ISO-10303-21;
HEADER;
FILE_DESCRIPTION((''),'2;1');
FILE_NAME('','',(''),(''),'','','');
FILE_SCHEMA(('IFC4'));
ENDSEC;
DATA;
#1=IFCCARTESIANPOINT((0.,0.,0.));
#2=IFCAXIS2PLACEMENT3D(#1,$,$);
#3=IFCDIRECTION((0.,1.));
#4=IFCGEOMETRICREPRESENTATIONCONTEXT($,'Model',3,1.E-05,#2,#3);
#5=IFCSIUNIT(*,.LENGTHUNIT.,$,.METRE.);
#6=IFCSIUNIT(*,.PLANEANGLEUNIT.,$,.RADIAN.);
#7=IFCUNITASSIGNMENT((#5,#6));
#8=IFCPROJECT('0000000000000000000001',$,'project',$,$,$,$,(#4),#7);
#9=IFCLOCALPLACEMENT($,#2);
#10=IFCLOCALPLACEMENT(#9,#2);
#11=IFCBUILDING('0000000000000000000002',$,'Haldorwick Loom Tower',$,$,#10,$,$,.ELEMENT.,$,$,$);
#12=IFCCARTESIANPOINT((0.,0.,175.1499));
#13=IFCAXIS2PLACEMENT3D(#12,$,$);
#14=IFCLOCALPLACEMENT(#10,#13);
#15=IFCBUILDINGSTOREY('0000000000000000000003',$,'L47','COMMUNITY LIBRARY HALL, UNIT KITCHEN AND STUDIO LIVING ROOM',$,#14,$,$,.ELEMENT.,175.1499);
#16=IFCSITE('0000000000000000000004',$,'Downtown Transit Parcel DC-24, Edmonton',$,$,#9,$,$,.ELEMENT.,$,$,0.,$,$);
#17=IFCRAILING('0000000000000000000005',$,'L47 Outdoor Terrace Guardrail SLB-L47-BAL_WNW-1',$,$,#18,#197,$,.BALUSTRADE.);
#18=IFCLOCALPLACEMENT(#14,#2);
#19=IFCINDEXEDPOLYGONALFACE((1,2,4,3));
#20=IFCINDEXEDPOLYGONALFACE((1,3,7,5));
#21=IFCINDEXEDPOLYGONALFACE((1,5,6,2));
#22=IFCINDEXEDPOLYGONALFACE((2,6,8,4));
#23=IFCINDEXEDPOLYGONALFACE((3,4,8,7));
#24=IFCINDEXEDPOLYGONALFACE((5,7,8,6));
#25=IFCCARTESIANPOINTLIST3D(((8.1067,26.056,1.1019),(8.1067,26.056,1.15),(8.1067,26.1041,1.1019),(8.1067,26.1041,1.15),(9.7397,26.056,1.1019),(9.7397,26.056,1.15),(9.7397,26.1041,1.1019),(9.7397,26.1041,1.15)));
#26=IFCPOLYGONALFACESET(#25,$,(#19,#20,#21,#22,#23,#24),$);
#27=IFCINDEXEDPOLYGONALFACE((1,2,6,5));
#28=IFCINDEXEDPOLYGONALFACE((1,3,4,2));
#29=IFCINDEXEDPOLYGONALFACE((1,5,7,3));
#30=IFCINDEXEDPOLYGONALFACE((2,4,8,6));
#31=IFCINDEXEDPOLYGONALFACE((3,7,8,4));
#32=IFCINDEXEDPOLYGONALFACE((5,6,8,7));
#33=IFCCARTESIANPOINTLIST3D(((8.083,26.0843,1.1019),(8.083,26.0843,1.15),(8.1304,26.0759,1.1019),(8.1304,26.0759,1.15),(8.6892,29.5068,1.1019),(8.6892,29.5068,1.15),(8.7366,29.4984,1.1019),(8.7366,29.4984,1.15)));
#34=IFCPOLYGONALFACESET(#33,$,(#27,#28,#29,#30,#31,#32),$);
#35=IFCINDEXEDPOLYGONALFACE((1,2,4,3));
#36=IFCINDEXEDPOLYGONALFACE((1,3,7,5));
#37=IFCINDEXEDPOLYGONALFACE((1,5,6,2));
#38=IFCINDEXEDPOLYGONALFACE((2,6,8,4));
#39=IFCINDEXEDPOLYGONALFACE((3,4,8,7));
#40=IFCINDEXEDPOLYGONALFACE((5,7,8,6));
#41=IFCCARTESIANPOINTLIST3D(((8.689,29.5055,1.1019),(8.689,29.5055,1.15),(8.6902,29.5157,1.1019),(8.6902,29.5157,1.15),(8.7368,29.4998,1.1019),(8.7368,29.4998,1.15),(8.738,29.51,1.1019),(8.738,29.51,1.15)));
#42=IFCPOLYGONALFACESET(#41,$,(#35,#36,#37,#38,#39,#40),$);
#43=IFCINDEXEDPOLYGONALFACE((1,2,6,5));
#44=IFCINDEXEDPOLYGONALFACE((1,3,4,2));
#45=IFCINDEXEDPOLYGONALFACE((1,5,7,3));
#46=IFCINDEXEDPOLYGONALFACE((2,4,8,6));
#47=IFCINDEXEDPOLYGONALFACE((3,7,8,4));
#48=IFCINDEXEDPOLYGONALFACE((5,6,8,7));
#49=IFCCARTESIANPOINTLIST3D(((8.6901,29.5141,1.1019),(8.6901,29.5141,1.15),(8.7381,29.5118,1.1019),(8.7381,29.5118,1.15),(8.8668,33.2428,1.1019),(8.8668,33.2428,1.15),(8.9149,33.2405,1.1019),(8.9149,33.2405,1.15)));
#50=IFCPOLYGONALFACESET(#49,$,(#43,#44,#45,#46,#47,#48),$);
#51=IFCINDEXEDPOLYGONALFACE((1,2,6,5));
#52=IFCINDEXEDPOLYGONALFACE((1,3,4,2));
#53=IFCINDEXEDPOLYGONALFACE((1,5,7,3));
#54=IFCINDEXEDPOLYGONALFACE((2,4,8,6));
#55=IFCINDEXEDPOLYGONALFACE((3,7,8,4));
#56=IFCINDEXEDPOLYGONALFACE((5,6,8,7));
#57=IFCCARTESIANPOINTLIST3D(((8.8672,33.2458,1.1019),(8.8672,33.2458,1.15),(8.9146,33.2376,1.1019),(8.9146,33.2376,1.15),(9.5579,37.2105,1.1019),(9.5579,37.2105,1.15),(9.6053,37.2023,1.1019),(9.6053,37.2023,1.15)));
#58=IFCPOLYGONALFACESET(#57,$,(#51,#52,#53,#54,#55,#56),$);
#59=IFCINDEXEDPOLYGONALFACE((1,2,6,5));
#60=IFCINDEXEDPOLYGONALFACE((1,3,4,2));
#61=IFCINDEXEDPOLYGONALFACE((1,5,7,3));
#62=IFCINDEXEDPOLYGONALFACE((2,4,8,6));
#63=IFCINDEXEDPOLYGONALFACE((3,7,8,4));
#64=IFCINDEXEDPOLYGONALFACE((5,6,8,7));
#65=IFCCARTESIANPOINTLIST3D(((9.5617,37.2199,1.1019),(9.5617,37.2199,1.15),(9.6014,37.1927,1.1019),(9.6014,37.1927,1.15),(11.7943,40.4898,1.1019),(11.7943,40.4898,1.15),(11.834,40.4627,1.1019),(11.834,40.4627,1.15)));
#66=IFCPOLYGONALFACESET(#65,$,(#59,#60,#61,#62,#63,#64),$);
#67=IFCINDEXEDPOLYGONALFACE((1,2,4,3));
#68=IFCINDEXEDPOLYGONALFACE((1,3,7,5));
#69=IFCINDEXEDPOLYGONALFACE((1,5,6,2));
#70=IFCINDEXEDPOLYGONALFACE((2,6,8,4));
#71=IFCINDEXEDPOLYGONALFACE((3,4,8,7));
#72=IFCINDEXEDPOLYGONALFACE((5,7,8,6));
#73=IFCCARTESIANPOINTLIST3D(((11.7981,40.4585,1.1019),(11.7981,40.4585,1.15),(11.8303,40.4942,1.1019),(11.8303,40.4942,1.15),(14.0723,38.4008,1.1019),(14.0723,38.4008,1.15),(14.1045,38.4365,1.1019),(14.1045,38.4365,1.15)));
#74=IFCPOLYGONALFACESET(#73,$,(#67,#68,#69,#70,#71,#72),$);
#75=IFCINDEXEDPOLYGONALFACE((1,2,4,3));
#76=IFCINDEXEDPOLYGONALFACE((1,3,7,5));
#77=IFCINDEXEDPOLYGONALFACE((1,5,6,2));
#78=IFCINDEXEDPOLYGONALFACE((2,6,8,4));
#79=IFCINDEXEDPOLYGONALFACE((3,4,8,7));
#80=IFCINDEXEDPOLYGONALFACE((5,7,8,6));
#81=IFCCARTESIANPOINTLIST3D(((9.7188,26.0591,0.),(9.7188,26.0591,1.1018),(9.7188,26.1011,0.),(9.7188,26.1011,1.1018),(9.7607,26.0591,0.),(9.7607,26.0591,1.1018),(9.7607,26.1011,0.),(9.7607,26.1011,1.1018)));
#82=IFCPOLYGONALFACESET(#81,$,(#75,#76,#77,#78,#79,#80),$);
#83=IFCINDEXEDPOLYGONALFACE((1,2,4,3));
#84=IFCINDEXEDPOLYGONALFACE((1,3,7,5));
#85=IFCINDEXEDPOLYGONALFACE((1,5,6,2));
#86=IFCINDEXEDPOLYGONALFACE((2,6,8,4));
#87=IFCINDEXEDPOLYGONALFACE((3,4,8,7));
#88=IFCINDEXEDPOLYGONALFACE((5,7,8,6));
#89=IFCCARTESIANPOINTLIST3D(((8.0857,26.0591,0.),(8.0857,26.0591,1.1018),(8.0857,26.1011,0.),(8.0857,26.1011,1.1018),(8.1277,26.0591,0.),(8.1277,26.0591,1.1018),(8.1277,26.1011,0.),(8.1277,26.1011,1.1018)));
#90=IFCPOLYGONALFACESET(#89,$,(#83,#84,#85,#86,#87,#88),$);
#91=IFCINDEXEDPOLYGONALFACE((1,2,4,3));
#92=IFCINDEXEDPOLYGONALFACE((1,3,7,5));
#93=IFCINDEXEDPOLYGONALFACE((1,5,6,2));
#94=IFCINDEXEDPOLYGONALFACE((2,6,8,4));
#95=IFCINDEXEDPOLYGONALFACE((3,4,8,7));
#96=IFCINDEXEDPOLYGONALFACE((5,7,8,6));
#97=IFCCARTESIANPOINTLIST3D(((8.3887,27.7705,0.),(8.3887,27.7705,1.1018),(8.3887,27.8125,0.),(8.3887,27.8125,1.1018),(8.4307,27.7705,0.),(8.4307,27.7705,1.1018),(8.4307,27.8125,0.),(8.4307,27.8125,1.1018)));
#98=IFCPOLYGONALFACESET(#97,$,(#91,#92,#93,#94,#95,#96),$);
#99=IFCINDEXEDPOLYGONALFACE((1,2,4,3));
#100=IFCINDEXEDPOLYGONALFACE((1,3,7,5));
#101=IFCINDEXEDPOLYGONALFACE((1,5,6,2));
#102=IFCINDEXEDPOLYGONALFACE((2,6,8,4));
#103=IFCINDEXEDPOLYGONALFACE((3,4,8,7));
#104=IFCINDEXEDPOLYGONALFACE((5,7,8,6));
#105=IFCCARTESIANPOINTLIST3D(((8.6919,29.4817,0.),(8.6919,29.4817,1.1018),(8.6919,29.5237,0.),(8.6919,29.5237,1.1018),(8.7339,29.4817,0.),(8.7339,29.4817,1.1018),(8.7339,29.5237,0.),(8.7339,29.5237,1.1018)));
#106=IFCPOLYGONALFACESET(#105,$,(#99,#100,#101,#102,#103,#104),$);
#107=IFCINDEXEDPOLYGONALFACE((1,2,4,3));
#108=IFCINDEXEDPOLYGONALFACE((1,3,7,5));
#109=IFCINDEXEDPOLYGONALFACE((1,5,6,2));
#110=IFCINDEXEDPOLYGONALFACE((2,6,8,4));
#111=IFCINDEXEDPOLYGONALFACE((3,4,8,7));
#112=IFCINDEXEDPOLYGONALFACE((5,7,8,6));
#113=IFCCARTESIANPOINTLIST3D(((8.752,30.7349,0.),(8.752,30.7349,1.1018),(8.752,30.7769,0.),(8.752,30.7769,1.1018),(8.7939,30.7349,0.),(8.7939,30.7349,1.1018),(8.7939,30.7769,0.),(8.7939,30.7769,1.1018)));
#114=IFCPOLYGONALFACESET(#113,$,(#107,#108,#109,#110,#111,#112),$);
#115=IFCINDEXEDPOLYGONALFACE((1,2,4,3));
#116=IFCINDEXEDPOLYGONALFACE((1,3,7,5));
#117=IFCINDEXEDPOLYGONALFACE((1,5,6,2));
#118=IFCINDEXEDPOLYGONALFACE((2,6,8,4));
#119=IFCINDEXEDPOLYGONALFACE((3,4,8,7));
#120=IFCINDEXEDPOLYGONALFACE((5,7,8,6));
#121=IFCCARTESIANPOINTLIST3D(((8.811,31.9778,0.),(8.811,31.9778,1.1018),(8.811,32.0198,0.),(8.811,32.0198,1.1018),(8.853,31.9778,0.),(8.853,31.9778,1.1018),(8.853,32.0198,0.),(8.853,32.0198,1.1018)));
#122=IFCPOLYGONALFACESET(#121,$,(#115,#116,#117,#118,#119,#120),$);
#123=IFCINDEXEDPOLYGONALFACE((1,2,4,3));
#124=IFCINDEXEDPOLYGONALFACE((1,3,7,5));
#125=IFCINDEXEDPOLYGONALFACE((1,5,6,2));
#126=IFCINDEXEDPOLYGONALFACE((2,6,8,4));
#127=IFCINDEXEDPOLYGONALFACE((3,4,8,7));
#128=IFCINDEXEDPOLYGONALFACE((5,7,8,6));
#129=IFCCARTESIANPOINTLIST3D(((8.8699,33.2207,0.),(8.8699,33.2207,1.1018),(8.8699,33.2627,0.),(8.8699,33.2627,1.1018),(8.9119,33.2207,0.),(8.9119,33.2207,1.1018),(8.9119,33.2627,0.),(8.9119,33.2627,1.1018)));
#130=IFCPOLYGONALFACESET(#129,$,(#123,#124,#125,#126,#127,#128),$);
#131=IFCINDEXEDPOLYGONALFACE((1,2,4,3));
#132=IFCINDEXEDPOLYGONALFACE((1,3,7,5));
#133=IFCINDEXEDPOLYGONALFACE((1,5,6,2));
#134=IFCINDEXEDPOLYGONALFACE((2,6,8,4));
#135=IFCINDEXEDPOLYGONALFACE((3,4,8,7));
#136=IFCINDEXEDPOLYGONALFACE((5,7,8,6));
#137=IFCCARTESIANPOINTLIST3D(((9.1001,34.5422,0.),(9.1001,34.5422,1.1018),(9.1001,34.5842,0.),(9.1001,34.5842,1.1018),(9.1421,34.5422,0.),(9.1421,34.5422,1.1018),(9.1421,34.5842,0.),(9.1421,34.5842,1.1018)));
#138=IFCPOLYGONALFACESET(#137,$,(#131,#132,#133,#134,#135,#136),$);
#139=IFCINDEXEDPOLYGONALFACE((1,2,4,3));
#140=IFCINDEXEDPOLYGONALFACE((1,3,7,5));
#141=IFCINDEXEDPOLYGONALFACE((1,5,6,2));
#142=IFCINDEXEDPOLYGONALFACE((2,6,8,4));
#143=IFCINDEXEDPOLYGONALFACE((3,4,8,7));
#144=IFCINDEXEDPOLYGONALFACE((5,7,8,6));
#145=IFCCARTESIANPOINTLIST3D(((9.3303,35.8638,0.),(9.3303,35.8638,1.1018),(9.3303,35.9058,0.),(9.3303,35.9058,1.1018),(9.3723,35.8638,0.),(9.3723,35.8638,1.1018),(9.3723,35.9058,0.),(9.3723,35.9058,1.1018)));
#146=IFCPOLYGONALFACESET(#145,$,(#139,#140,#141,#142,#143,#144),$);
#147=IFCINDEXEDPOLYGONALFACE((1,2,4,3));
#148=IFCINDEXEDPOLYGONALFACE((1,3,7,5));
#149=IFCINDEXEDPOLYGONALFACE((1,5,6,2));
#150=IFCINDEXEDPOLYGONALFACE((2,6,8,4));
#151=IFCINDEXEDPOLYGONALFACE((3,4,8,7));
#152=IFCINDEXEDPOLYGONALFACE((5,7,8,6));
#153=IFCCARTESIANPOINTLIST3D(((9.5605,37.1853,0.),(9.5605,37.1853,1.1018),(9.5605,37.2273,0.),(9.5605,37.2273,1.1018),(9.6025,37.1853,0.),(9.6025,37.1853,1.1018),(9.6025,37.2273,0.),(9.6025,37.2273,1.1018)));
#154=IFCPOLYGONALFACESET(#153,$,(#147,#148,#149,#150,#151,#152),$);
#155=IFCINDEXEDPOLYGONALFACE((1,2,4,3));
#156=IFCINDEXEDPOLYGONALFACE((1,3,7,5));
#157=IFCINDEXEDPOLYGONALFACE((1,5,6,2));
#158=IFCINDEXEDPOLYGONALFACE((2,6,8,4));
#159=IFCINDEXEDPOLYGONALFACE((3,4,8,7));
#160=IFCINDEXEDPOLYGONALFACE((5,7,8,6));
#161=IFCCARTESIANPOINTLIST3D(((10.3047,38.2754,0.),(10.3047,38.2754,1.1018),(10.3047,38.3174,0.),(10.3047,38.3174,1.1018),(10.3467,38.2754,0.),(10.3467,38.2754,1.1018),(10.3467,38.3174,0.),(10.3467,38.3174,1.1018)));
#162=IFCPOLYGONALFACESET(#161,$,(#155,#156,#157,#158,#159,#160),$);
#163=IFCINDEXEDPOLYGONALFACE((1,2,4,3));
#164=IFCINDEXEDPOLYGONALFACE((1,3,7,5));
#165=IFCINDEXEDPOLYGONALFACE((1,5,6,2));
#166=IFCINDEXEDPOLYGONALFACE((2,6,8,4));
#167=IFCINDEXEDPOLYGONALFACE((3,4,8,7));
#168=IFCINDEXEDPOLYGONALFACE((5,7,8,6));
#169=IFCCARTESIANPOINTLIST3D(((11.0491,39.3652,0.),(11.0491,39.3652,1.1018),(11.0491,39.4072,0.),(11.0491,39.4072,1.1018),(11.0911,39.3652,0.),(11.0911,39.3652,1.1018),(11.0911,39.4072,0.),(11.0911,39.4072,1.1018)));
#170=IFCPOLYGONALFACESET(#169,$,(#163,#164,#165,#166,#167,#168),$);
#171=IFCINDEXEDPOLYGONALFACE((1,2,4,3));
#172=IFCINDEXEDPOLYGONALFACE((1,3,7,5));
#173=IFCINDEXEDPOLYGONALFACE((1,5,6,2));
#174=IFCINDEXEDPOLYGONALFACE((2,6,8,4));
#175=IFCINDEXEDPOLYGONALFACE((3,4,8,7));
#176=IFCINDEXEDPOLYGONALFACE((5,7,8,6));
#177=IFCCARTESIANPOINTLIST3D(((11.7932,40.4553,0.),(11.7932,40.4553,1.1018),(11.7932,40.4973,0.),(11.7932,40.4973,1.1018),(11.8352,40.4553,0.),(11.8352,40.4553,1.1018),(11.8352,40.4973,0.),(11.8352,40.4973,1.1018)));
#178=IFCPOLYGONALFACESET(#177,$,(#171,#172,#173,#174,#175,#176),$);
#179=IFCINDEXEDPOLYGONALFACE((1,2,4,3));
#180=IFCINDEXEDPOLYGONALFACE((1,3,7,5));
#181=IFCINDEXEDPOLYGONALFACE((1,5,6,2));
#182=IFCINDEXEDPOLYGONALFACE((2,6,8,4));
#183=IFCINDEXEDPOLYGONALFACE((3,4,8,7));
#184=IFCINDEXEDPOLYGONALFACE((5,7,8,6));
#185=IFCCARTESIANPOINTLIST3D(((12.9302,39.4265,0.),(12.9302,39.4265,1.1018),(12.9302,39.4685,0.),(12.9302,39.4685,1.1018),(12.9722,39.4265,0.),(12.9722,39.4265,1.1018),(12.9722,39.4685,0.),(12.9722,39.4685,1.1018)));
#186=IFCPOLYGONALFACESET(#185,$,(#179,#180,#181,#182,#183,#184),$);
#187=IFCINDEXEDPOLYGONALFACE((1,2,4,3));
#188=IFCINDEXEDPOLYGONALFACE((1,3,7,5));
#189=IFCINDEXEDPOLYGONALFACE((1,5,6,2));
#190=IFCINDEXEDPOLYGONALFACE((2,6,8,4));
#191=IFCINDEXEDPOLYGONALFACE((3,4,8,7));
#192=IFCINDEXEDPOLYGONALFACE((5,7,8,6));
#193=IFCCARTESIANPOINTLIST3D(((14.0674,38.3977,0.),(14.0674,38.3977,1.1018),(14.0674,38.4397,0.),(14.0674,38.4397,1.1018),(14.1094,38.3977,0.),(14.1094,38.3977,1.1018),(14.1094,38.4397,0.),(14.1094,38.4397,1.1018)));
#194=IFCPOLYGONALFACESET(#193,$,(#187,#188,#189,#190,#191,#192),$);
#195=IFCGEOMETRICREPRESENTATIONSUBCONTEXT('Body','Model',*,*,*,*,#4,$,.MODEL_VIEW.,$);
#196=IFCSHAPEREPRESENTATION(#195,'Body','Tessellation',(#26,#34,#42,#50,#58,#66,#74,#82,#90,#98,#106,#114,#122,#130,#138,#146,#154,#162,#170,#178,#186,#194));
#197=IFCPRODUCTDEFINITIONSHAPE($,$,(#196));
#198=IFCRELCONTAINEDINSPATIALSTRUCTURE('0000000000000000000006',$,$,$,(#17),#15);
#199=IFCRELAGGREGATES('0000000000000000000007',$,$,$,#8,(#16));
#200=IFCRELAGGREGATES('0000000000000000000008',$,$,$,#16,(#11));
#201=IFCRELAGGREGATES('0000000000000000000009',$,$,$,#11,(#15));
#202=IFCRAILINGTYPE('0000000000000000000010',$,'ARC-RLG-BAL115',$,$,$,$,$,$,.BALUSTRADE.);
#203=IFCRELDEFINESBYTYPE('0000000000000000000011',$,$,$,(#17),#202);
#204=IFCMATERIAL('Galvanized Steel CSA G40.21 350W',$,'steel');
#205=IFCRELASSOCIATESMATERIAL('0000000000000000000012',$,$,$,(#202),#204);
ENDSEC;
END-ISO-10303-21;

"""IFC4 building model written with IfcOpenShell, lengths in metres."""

from ifc_helpers import new_model, si_unit, direction, frame, origin, origin_2d, place, context, subcontext, project, spatial, rectangle, extrude, material, type_object, element, save


model = new_model("IFC4")

# Units and contexts
model_context = context("Model", 3, precision=1e-05, world=origin(), true_north=direction((0.0, 1.0)))
body_context = subcontext(model_context, "Body", "Model", "MODEL_VIEW")
ifc_project = project(units=[si_unit("LENGTHUNIT", "METRE"), si_unit("PLANEANGLEUNIT", "RADIAN")], contexts=[model_context])

# Site, building, storey
site_placement = place(None, origin())
site = spatial("IfcSite", under=ifc_project, at=site_placement, Name="Downtown Transit Parcel DC-24, Edmonton", CompositionType="ELEMENT", RefElevation=0.0)
building_placement = place(site_placement, origin())
building = spatial("IfcBuilding", under=site, at=building_placement, Name="Haldorwick Loom Tower", CompositionType="ELEMENT")
storey_placement = place(building_placement, frame((0.0, 0.0, 175.1499)))
storey = spatial("IfcBuildingStorey", under=building, at=storey_placement, Name="L47", Description="COMMUNITY LIBRARY HALL, UNIT KITCHEN AND STUDIO LIVING ROOM", CompositionType="ELEMENT", Elevation=175.1499)

# Railing
ifc_material_1 = material(Name="Galvanized Steel CSA G40.21 350W", Category="steel")
railing_type = type_object("IfcRailingType", Name="ARC-RLG-BAL115", PredefinedType="BALUSTRADE", material=ifc_material_1)
railing_placement = place(storey_placement, frame((9.7397, 26.0801, 0.0)))
element("IfcRailing", 1, at=railing_placement, inside=storey, type_object=railing_type, Name="L47 Outdoor Terrace Guardrail SLB-L47-BAL_WNW-1", PredefinedType="BALUSTRADE", context=body_context, shape_type="SweptSolid", body=[
    extrude(rectangle(XDim=0.0481, YDim=0.0481, at=origin_2d()), frame((0.0, 0.0, 1.126), z_axis=(-1.0, 0.0, 0.0), x_axis=(0.0, -1.0, 0.0)), (0.0, 0.0, 1.0), 1.6331),
    extrude(rectangle(XDim=0.0481, YDim=0.0481, at=origin_2d()), frame((-1.6331, 0.0, 1.126), z_axis=(0.174402, 0.984674, 0.0), x_axis=(-0.984674, 0.174402, 0.0)), (0.0, 0.0, 1.0), 3.4758),
    extrude(rectangle(XDim=0.0481, YDim=0.0481, at=origin_2d()), frame((-1.0269, 3.4226, 1.126), z_axis=(0.118213, 0.992988, 0.0), x_axis=(-0.992988, 0.118213, 0.0)), (0.0, 0.0, 1.0), 0.0103),
    extrude(rectangle(XDim=0.0481, YDim=0.0481, at=origin_2d()), frame((-1.0256, 3.4329, 1.126), z_axis=(0.047351, 0.998878, 0.0), x_axis=(-0.998878, 0.047351, 0.0)), (0.0, 0.0, 1.0), 3.7329),
    extrude(rectangle(XDim=0.0481, YDim=0.0481, at=origin_2d()), frame((-0.8489, 7.1616, 1.126), z_axis=(0.171625, 0.985162, 0.0), x_axis=(-0.985162, 0.171625, 0.0)), (0.0, 0.0, 1.0), 4.0244),
    extrude(rectangle(XDim=0.0481, YDim=0.0481, at=origin_2d()), frame((-0.1582, 11.1262, 1.126), z_axis=(0.563872, 0.825862, 0.0), x_axis=(-0.825862, 0.563872, 0.0)), (0.0, 0.0, 1.0), 3.9595),
    extrude(rectangle(XDim=0.0481, YDim=0.0481, at=origin_2d()), frame((2.0745, 14.3962, 1.126), z_axis=(0.74153, -0.67092, 0.0), x_axis=(0.67092, 0.74153, 0.0)), (0.0, 0.0, 1.0), 3.0669),
    extrude(rectangle(XDim=0.042, YDim=0.042, at=origin_2d()), origin(), (0.0, 0.0, 1.0), 1.1018),
    extrude(rectangle(XDim=0.042, YDim=0.042, at=origin_2d()), frame((-1.6331, 0.0, 0.0)), (0.0, 0.0, 1.0), 1.1018),
    extrude(rectangle(XDim=0.042, YDim=0.042, at=origin_2d()), frame((-1.3301, 1.7114, 0.0)), (0.0, 0.0, 1.0), 1.1018),
    extrude(rectangle(XDim=0.042, YDim=0.042, at=origin_2d()), frame((-1.0269, 3.4226, 0.0)), (0.0, 0.0, 1.0), 1.1018),
    extrude(rectangle(XDim=0.042, YDim=0.042, at=origin_2d()), frame((-0.9668, 4.6758, 0.0)), (0.0, 0.0, 1.0), 1.1018),
    extrude(rectangle(XDim=0.042, YDim=0.042, at=origin_2d()), frame((-0.9077, 5.9187, 0.0)), (0.0, 0.0, 1.0), 1.1018),
    extrude(rectangle(XDim=0.042, YDim=0.042, at=origin_2d()), frame((-0.8489, 7.1616, 0.0)), (0.0, 0.0, 1.0), 1.1018),
    extrude(rectangle(XDim=0.042, YDim=0.042, at=origin_2d()), frame((-0.6187, 8.4832, 0.0)), (0.0, 0.0, 1.0), 1.1018),
    extrude(rectangle(XDim=0.042, YDim=0.042, at=origin_2d()), frame((-0.3884, 9.8047, 0.0)), (0.0, 0.0, 1.0), 1.1018),
    extrude(rectangle(XDim=0.042, YDim=0.042, at=origin_2d()), frame((-0.1582, 11.1262, 0.0)), (0.0, 0.0, 1.0), 1.1018),
    extrude(rectangle(XDim=0.042, YDim=0.042, at=origin_2d()), frame((0.5859, 12.2163, 0.0)), (0.0, 0.0, 1.0), 1.1018),
    extrude(rectangle(XDim=0.042, YDim=0.042, at=origin_2d()), frame((1.3303, 13.3062, 0.0)), (0.0, 0.0, 1.0), 1.1018),
    extrude(rectangle(XDim=0.042, YDim=0.042, at=origin_2d()), frame((2.0745, 14.3962, 0.0)), (0.0, 0.0, 1.0), 1.1018),
    extrude(rectangle(XDim=0.042, YDim=0.042, at=origin_2d()), frame((3.2114, 13.3674, 0.0)), (0.0, 0.0, 1.0), 1.1018),
    extrude(rectangle(XDim=0.042, YDim=0.042, at=origin_2d()), frame((4.3486, 12.3386, 0.0)), (0.0, 0.0, 1.0), 1.1018),
])

save(model, "model.ifc")
